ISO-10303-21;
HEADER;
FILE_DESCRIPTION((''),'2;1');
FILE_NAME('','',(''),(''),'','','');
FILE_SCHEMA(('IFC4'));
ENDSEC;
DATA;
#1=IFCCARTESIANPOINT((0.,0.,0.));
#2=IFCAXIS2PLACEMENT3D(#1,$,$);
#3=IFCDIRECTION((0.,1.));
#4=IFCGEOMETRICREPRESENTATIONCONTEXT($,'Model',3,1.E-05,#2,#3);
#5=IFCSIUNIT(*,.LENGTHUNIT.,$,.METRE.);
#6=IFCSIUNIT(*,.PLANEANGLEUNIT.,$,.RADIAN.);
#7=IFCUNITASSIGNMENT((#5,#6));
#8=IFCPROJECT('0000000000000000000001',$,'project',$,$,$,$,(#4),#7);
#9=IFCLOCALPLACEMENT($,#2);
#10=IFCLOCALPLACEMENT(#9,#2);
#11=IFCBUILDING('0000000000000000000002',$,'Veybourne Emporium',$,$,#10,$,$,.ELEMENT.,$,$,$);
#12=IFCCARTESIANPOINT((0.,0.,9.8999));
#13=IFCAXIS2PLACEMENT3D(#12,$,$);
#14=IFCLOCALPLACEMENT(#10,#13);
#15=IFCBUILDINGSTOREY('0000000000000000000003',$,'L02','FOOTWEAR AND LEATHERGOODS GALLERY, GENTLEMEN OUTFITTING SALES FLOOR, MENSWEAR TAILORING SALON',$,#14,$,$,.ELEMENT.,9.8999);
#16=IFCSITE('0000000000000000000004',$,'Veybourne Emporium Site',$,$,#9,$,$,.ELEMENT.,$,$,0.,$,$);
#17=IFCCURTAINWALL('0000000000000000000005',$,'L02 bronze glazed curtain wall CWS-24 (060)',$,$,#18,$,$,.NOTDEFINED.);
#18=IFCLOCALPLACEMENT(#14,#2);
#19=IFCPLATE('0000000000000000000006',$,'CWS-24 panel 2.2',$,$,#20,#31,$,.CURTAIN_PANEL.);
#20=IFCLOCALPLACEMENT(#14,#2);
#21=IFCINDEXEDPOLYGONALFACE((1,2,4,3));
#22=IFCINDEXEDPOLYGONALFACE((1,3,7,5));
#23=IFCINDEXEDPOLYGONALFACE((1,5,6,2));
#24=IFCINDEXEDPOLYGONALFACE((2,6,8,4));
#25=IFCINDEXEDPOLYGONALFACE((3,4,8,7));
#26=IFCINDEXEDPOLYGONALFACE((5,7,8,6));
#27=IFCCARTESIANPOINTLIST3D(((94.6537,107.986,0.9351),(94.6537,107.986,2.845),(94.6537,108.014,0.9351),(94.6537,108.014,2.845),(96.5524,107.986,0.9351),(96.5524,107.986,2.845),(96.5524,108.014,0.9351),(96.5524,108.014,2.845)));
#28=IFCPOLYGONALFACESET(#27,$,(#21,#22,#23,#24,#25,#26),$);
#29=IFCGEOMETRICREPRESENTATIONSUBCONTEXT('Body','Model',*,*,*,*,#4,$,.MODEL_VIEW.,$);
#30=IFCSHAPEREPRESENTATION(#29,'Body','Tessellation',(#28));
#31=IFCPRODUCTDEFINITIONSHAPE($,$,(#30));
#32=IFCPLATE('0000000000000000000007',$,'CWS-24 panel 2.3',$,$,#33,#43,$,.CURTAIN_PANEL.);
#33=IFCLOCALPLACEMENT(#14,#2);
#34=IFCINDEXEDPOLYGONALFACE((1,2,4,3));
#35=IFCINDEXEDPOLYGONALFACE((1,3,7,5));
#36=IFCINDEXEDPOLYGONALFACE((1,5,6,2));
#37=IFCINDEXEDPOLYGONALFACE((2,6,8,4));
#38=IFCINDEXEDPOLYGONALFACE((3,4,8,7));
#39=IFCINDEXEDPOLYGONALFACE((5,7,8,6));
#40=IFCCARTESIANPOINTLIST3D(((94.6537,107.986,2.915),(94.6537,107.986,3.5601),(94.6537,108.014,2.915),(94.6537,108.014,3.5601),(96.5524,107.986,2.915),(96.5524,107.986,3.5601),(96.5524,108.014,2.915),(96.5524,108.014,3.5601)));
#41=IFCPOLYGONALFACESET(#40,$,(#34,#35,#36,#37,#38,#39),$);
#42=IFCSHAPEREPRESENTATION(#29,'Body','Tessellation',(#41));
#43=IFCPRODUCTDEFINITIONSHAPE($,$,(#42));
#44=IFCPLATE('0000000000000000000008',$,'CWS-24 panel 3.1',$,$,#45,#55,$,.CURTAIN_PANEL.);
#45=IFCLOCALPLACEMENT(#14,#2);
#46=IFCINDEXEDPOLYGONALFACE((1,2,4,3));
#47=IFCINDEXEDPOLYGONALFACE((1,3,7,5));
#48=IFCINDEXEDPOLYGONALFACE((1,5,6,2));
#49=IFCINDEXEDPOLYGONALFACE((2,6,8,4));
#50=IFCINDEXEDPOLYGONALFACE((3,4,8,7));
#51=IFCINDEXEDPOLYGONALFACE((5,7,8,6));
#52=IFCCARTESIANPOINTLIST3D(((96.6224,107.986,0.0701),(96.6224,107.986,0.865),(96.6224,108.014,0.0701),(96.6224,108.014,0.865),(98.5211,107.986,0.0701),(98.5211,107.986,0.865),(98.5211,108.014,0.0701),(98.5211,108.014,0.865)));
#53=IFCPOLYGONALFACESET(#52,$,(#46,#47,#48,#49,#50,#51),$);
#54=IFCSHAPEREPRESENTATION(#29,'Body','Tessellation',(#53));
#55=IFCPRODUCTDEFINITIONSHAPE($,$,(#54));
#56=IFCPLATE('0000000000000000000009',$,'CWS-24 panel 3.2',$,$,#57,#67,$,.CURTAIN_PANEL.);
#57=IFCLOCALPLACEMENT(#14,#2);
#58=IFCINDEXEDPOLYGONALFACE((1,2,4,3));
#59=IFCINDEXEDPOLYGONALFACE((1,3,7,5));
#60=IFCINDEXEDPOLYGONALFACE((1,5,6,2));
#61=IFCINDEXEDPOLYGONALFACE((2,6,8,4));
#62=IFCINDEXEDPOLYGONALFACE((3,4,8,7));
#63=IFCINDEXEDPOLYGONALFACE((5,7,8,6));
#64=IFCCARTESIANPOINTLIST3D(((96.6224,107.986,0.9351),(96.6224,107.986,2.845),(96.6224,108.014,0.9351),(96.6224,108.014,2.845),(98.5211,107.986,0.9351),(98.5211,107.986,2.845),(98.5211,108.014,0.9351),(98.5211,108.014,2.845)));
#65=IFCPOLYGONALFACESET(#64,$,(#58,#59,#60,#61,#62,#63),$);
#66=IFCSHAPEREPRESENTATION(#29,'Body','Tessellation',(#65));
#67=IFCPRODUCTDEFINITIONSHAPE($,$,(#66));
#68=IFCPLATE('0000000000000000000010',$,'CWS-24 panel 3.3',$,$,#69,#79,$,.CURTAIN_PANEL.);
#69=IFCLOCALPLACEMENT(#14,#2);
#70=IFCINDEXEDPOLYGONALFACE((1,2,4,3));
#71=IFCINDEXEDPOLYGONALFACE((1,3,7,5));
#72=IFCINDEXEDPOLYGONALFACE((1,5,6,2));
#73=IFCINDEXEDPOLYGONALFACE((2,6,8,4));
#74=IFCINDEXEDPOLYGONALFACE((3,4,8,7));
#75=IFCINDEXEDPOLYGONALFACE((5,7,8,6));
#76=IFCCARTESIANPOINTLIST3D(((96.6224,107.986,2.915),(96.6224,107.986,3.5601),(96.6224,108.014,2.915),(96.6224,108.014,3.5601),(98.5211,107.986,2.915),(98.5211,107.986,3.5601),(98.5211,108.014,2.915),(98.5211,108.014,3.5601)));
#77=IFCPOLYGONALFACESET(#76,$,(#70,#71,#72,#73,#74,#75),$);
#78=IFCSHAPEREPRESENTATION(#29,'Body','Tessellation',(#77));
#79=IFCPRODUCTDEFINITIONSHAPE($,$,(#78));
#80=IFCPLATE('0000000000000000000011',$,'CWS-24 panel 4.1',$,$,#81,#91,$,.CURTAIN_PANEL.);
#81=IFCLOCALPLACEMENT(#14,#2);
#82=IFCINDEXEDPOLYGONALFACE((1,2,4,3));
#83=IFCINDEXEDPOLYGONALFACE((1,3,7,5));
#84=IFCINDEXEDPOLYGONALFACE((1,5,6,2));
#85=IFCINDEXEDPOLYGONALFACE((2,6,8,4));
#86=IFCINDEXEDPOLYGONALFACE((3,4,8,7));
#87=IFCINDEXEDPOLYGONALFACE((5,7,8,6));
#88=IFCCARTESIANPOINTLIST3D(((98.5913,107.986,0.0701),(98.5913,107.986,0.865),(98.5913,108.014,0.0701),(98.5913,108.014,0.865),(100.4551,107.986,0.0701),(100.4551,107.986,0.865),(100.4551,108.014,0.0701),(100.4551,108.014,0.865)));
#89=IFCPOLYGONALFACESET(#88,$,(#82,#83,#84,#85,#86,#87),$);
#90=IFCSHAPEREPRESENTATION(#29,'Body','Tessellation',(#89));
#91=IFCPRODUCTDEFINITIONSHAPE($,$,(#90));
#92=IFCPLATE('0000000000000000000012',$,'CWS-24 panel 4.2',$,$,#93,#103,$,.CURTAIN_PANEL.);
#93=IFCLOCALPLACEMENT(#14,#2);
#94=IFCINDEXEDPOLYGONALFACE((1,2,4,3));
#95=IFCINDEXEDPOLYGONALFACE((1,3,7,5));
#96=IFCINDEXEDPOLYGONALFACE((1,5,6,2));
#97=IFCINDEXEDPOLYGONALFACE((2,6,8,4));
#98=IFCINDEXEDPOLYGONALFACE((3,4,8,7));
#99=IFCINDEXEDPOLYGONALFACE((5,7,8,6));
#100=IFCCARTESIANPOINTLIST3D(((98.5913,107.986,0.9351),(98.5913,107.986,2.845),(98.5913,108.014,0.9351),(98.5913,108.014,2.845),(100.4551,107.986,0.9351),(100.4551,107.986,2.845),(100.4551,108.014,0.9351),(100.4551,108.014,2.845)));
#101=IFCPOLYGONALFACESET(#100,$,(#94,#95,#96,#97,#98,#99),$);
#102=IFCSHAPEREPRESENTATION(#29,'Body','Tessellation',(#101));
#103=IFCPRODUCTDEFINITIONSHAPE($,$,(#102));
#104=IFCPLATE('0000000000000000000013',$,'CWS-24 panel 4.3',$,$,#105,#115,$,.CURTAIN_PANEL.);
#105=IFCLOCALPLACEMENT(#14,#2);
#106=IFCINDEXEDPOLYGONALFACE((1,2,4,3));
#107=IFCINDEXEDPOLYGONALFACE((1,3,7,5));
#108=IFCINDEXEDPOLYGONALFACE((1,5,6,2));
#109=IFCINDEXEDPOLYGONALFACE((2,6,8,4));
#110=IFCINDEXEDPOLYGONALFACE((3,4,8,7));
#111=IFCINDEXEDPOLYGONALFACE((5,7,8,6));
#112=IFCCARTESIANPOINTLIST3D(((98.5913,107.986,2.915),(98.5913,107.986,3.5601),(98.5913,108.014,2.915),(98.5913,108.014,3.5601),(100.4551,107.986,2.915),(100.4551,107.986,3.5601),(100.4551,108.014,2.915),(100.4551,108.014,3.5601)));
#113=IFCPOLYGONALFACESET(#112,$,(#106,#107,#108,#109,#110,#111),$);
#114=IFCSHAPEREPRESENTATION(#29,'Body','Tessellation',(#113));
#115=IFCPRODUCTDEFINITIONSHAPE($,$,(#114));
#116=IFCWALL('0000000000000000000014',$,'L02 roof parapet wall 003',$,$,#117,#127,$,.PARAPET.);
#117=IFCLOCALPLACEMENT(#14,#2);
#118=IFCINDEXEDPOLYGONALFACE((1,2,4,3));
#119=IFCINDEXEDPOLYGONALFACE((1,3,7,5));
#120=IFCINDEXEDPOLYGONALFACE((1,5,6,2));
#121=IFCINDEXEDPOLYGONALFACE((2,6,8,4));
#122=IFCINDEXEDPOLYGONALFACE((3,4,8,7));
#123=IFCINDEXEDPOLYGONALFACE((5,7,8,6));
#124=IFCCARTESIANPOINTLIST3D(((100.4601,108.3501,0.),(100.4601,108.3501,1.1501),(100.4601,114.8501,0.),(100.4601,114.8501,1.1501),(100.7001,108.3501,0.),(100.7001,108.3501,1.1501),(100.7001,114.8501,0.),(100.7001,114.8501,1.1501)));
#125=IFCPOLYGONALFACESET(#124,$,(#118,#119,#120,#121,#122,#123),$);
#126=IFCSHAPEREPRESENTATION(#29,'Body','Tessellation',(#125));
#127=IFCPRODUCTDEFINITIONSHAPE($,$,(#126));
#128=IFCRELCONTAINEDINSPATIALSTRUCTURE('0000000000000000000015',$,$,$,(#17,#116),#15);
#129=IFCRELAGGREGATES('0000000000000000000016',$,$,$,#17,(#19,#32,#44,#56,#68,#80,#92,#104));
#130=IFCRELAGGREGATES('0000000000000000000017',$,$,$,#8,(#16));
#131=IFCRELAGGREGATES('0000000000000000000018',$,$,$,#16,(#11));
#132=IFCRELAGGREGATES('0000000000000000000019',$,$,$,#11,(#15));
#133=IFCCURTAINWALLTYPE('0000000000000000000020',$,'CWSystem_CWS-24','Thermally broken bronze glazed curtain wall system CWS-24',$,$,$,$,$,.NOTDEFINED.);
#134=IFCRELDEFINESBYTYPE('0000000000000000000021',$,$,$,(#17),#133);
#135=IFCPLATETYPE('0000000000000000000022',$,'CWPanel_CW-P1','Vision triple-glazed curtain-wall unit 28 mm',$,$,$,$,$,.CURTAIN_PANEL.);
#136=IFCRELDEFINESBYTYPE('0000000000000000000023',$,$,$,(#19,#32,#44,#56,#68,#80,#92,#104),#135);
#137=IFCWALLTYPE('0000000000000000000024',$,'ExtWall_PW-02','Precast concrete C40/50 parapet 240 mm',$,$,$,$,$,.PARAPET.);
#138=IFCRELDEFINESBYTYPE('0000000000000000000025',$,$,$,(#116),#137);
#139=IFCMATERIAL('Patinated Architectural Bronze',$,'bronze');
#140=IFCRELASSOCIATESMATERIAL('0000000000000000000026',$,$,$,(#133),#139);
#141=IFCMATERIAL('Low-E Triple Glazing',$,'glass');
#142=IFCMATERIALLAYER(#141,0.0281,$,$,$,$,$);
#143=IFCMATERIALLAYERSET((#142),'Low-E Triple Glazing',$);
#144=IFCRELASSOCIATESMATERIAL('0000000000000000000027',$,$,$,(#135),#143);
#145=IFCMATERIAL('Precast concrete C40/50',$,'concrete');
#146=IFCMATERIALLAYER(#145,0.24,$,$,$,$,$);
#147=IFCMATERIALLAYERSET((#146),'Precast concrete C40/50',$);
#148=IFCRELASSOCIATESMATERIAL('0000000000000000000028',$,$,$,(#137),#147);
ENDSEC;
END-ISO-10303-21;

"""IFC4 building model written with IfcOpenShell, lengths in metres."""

from ifc_helpers import new_model, si_unit, direction, frame, frame_2d, origin, origin_2d, place, context, subcontext, project, spatial, rectangle, extrude, material, layer, layer_set, type_object, element, aggregate, save


model = new_model("IFC4")

# Units and contexts
model_context = context("Model", 3, precision=1e-05, world=origin(), true_north=direction((0.0, 1.0)))
body_context = subcontext(model_context, "Body", "Model", "MODEL_VIEW")
ifc_project = project(units=[si_unit("LENGTHUNIT", "METRE"), si_unit("PLANEANGLEUNIT", "RADIAN")], contexts=[model_context])

# Site, building, storey
site_placement = place(None, origin())
site = spatial("IfcSite", under=ifc_project, at=site_placement, Name="Veybourne Emporium Site", CompositionType="ELEMENT", RefElevation=0.0)
building_placement = place(site_placement, origin())
building = spatial("IfcBuilding", under=site, at=building_placement, Name="Veybourne Emporium", CompositionType="ELEMENT")
storey_placement = place(building_placement, frame((0.0, 0.0, 9.8999)))
storey = spatial("IfcBuildingStorey", under=building, at=storey_placement, Name="L02", Description="FOOTWEAR AND LEATHERGOODS GALLERY, GENTLEMEN OUTFITTING SALES FLOOR, MENSWEAR TAILORING SALON", CompositionType="ELEMENT", Elevation=9.8999)

# Curtain wall, plates
ifc_material_1 = material(Name="Patinated Architectural Bronze", Category="bronze")
curtain_wall_type = type_object("IfcCurtainWallType", Name="CWSystem_CWS-24", Description="Thermally broken bronze glazed curtain wall system CWS-24", PredefinedType="NOTDEFINED", material=ifc_material_1)
curtain_wall_placement = place(storey_placement, origin())
curtain_wall = element("IfcCurtainWall", 1, at=curtain_wall_placement, inside=storey, type_object=curtain_wall_type, Name="L02 bronze glazed curtain wall CWS-24 (060)", PredefinedType="NOTDEFINED")
ifc_material_2 = material(Name="Low-E Triple Glazing", Category="glass")
ifc_layer_1 = layer(ifc_material_2, 0.0281)
ifc_layer_set_1 = layer_set([ifc_layer_1], Name="Low-E Triple Glazing")
plate_type = type_object("IfcPlateType", Name="CWPanel_CW-P1", Description="Vision triple-glazed curtain-wall unit 28 mm", PredefinedType="CURTAIN_PANEL", material=ifc_layer_set_1)
plate_1_placement = place(storey_placement, frame((95.603, 108.0, 0.9351), z_axis=(0.0, 0.0, 1.0), x_axis=(1.0, 0.0, 0.0)))
plate_1 = element("IfcPlate", 2, at=plate_1_placement, type_object=plate_type, Name="CWS-24 panel 2.2", PredefinedType="CURTAIN_PANEL", context=body_context, shape_type="SweptSolid", body=[
    extrude(rectangle(XDim=1.8987, YDim=0.0281, at=origin_2d()), origin(), (0.0, 0.0, 1.0), 1.9099),
])
plate_2_placement = place(storey_placement, frame((95.603, 108.0, 2.915), z_axis=(0.0, 0.0, 1.0), x_axis=(1.0, 0.0, 0.0)))
plate_2 = element("IfcPlate", 3, at=plate_2_placement, type_object=plate_type, Name="CWS-24 panel 2.3", PredefinedType="CURTAIN_PANEL", context=body_context, shape_type="SweptSolid", body=[
    extrude(rectangle(XDim=1.8987, YDim=0.0281, at=origin_2d()), origin(), (0.0, 0.0, 1.0), 0.645),
])
plate_3_placement = place(storey_placement, frame((97.5718, 108.0, 0.0701), z_axis=(0.0, 0.0, 1.0), x_axis=(1.0, 0.0, 0.0)))
plate_3 = element("IfcPlate", 4, at=plate_3_placement, type_object=plate_type, Name="CWS-24 panel 3.1", PredefinedType="CURTAIN_PANEL", context=body_context, shape_type="SweptSolid", body=[
    extrude(rectangle(XDim=1.8987, YDim=0.0281, at=origin_2d()), origin(), (0.0, 0.0, 1.0), 0.7949),
])
plate_4_placement = place(storey_placement, frame((97.5718, 108.0, 0.9351), z_axis=(0.0, 0.0, 1.0), x_axis=(1.0, 0.0, 0.0)))
plate_4 = element("IfcPlate", 5, at=plate_4_placement, type_object=plate_type, Name="CWS-24 panel 3.2", PredefinedType="CURTAIN_PANEL", context=body_context, shape_type="SweptSolid", body=[
    extrude(rectangle(XDim=1.8987, YDim=0.0281, at=origin_2d()), origin(), (0.0, 0.0, 1.0), 1.9099),
])
plate_5_placement = place(storey_placement, frame((97.5718, 108.0, 2.915), z_axis=(0.0, 0.0, 1.0), x_axis=(1.0, 0.0, 0.0)))
plate_5 = element("IfcPlate", 6, at=plate_5_placement, type_object=plate_type, Name="CWS-24 panel 3.3", PredefinedType="CURTAIN_PANEL", context=body_context, shape_type="SweptSolid", body=[
    extrude(rectangle(XDim=1.8987, YDim=0.0281, at=origin_2d()), origin(), (0.0, 0.0, 1.0), 0.645),
])
plate_6_placement = place(storey_placement, frame((99.5232, 108.0, 0.0701), z_axis=(0.0, 0.0, 1.0), x_axis=(1.0, 0.0, 0.0)))
plate_6 = element("IfcPlate", 7, at=plate_6_placement, type_object=plate_type, Name="CWS-24 panel 4.1", PredefinedType="CURTAIN_PANEL", context=body_context, shape_type="SweptSolid", body=[
    extrude(rectangle(XDim=1.8638, YDim=0.0281, at=origin_2d()), origin(), (0.0, 0.0, 1.0), 0.7949),
])
plate_7_placement = place(storey_placement, frame((99.5232, 108.0, 0.9351), z_axis=(0.0, 0.0, 1.0), x_axis=(1.0, 0.0, 0.0)))
plate_7 = element("IfcPlate", 8, at=plate_7_placement, type_object=plate_type, Name="CWS-24 panel 4.2", PredefinedType="CURTAIN_PANEL", context=body_context, shape_type="SweptSolid", body=[
    extrude(rectangle(XDim=1.8638, YDim=0.0281, at=origin_2d()), origin(), (0.0, 0.0, 1.0), 1.9099),
])
plate_8_placement = place(storey_placement, frame((99.5232, 108.0, 2.915), z_axis=(0.0, 0.0, 1.0), x_axis=(1.0, 0.0, 0.0)))
plate_8 = element("IfcPlate", 9, at=plate_8_placement, type_object=plate_type, Name="CWS-24 panel 4.3", PredefinedType="CURTAIN_PANEL", context=body_context, shape_type="SweptSolid", body=[
    extrude(rectangle(XDim=1.8638, YDim=0.0281, at=origin_2d()), origin(), (0.0, 0.0, 1.0), 0.645),
])
aggregate(curtain_wall, [plate_1, plate_2, plate_3, plate_4, plate_5, plate_6, plate_7, plate_8])

# Wall
ifc_material_3 = material(Name="Precast concrete C40/50", Category="concrete")
ifc_layer_2 = layer(ifc_material_3, 0.24)
ifc_layer_set_2 = layer_set([ifc_layer_2], Name="Precast concrete C40/50")
wall_type = type_object("IfcWallType", Name="ExtWall_PW-02", Description="Precast concrete C40/50 parapet 240 mm", PredefinedType="PARAPET", material=ifc_layer_set_2)
wall_placement = place(storey_placement, frame((100.5801, 114.8501, 0.0), z_axis=(0.0, 0.0, 1.0), x_axis=(0.0, -1.0, 0.0)))
element("IfcWall", 10, at=wall_placement, inside=storey, type_object=wall_type, Name="L02 roof parapet wall 003", PredefinedType="PARAPET", context=body_context, shape_type="SweptSolid", body=[
    extrude(rectangle(XDim=6.5, YDim=0.24, at=frame_2d((3.25, 0.0))), origin(), (0.0, 0.0, 1.0), 1.1501),
])

save(model, "model.ifc")
